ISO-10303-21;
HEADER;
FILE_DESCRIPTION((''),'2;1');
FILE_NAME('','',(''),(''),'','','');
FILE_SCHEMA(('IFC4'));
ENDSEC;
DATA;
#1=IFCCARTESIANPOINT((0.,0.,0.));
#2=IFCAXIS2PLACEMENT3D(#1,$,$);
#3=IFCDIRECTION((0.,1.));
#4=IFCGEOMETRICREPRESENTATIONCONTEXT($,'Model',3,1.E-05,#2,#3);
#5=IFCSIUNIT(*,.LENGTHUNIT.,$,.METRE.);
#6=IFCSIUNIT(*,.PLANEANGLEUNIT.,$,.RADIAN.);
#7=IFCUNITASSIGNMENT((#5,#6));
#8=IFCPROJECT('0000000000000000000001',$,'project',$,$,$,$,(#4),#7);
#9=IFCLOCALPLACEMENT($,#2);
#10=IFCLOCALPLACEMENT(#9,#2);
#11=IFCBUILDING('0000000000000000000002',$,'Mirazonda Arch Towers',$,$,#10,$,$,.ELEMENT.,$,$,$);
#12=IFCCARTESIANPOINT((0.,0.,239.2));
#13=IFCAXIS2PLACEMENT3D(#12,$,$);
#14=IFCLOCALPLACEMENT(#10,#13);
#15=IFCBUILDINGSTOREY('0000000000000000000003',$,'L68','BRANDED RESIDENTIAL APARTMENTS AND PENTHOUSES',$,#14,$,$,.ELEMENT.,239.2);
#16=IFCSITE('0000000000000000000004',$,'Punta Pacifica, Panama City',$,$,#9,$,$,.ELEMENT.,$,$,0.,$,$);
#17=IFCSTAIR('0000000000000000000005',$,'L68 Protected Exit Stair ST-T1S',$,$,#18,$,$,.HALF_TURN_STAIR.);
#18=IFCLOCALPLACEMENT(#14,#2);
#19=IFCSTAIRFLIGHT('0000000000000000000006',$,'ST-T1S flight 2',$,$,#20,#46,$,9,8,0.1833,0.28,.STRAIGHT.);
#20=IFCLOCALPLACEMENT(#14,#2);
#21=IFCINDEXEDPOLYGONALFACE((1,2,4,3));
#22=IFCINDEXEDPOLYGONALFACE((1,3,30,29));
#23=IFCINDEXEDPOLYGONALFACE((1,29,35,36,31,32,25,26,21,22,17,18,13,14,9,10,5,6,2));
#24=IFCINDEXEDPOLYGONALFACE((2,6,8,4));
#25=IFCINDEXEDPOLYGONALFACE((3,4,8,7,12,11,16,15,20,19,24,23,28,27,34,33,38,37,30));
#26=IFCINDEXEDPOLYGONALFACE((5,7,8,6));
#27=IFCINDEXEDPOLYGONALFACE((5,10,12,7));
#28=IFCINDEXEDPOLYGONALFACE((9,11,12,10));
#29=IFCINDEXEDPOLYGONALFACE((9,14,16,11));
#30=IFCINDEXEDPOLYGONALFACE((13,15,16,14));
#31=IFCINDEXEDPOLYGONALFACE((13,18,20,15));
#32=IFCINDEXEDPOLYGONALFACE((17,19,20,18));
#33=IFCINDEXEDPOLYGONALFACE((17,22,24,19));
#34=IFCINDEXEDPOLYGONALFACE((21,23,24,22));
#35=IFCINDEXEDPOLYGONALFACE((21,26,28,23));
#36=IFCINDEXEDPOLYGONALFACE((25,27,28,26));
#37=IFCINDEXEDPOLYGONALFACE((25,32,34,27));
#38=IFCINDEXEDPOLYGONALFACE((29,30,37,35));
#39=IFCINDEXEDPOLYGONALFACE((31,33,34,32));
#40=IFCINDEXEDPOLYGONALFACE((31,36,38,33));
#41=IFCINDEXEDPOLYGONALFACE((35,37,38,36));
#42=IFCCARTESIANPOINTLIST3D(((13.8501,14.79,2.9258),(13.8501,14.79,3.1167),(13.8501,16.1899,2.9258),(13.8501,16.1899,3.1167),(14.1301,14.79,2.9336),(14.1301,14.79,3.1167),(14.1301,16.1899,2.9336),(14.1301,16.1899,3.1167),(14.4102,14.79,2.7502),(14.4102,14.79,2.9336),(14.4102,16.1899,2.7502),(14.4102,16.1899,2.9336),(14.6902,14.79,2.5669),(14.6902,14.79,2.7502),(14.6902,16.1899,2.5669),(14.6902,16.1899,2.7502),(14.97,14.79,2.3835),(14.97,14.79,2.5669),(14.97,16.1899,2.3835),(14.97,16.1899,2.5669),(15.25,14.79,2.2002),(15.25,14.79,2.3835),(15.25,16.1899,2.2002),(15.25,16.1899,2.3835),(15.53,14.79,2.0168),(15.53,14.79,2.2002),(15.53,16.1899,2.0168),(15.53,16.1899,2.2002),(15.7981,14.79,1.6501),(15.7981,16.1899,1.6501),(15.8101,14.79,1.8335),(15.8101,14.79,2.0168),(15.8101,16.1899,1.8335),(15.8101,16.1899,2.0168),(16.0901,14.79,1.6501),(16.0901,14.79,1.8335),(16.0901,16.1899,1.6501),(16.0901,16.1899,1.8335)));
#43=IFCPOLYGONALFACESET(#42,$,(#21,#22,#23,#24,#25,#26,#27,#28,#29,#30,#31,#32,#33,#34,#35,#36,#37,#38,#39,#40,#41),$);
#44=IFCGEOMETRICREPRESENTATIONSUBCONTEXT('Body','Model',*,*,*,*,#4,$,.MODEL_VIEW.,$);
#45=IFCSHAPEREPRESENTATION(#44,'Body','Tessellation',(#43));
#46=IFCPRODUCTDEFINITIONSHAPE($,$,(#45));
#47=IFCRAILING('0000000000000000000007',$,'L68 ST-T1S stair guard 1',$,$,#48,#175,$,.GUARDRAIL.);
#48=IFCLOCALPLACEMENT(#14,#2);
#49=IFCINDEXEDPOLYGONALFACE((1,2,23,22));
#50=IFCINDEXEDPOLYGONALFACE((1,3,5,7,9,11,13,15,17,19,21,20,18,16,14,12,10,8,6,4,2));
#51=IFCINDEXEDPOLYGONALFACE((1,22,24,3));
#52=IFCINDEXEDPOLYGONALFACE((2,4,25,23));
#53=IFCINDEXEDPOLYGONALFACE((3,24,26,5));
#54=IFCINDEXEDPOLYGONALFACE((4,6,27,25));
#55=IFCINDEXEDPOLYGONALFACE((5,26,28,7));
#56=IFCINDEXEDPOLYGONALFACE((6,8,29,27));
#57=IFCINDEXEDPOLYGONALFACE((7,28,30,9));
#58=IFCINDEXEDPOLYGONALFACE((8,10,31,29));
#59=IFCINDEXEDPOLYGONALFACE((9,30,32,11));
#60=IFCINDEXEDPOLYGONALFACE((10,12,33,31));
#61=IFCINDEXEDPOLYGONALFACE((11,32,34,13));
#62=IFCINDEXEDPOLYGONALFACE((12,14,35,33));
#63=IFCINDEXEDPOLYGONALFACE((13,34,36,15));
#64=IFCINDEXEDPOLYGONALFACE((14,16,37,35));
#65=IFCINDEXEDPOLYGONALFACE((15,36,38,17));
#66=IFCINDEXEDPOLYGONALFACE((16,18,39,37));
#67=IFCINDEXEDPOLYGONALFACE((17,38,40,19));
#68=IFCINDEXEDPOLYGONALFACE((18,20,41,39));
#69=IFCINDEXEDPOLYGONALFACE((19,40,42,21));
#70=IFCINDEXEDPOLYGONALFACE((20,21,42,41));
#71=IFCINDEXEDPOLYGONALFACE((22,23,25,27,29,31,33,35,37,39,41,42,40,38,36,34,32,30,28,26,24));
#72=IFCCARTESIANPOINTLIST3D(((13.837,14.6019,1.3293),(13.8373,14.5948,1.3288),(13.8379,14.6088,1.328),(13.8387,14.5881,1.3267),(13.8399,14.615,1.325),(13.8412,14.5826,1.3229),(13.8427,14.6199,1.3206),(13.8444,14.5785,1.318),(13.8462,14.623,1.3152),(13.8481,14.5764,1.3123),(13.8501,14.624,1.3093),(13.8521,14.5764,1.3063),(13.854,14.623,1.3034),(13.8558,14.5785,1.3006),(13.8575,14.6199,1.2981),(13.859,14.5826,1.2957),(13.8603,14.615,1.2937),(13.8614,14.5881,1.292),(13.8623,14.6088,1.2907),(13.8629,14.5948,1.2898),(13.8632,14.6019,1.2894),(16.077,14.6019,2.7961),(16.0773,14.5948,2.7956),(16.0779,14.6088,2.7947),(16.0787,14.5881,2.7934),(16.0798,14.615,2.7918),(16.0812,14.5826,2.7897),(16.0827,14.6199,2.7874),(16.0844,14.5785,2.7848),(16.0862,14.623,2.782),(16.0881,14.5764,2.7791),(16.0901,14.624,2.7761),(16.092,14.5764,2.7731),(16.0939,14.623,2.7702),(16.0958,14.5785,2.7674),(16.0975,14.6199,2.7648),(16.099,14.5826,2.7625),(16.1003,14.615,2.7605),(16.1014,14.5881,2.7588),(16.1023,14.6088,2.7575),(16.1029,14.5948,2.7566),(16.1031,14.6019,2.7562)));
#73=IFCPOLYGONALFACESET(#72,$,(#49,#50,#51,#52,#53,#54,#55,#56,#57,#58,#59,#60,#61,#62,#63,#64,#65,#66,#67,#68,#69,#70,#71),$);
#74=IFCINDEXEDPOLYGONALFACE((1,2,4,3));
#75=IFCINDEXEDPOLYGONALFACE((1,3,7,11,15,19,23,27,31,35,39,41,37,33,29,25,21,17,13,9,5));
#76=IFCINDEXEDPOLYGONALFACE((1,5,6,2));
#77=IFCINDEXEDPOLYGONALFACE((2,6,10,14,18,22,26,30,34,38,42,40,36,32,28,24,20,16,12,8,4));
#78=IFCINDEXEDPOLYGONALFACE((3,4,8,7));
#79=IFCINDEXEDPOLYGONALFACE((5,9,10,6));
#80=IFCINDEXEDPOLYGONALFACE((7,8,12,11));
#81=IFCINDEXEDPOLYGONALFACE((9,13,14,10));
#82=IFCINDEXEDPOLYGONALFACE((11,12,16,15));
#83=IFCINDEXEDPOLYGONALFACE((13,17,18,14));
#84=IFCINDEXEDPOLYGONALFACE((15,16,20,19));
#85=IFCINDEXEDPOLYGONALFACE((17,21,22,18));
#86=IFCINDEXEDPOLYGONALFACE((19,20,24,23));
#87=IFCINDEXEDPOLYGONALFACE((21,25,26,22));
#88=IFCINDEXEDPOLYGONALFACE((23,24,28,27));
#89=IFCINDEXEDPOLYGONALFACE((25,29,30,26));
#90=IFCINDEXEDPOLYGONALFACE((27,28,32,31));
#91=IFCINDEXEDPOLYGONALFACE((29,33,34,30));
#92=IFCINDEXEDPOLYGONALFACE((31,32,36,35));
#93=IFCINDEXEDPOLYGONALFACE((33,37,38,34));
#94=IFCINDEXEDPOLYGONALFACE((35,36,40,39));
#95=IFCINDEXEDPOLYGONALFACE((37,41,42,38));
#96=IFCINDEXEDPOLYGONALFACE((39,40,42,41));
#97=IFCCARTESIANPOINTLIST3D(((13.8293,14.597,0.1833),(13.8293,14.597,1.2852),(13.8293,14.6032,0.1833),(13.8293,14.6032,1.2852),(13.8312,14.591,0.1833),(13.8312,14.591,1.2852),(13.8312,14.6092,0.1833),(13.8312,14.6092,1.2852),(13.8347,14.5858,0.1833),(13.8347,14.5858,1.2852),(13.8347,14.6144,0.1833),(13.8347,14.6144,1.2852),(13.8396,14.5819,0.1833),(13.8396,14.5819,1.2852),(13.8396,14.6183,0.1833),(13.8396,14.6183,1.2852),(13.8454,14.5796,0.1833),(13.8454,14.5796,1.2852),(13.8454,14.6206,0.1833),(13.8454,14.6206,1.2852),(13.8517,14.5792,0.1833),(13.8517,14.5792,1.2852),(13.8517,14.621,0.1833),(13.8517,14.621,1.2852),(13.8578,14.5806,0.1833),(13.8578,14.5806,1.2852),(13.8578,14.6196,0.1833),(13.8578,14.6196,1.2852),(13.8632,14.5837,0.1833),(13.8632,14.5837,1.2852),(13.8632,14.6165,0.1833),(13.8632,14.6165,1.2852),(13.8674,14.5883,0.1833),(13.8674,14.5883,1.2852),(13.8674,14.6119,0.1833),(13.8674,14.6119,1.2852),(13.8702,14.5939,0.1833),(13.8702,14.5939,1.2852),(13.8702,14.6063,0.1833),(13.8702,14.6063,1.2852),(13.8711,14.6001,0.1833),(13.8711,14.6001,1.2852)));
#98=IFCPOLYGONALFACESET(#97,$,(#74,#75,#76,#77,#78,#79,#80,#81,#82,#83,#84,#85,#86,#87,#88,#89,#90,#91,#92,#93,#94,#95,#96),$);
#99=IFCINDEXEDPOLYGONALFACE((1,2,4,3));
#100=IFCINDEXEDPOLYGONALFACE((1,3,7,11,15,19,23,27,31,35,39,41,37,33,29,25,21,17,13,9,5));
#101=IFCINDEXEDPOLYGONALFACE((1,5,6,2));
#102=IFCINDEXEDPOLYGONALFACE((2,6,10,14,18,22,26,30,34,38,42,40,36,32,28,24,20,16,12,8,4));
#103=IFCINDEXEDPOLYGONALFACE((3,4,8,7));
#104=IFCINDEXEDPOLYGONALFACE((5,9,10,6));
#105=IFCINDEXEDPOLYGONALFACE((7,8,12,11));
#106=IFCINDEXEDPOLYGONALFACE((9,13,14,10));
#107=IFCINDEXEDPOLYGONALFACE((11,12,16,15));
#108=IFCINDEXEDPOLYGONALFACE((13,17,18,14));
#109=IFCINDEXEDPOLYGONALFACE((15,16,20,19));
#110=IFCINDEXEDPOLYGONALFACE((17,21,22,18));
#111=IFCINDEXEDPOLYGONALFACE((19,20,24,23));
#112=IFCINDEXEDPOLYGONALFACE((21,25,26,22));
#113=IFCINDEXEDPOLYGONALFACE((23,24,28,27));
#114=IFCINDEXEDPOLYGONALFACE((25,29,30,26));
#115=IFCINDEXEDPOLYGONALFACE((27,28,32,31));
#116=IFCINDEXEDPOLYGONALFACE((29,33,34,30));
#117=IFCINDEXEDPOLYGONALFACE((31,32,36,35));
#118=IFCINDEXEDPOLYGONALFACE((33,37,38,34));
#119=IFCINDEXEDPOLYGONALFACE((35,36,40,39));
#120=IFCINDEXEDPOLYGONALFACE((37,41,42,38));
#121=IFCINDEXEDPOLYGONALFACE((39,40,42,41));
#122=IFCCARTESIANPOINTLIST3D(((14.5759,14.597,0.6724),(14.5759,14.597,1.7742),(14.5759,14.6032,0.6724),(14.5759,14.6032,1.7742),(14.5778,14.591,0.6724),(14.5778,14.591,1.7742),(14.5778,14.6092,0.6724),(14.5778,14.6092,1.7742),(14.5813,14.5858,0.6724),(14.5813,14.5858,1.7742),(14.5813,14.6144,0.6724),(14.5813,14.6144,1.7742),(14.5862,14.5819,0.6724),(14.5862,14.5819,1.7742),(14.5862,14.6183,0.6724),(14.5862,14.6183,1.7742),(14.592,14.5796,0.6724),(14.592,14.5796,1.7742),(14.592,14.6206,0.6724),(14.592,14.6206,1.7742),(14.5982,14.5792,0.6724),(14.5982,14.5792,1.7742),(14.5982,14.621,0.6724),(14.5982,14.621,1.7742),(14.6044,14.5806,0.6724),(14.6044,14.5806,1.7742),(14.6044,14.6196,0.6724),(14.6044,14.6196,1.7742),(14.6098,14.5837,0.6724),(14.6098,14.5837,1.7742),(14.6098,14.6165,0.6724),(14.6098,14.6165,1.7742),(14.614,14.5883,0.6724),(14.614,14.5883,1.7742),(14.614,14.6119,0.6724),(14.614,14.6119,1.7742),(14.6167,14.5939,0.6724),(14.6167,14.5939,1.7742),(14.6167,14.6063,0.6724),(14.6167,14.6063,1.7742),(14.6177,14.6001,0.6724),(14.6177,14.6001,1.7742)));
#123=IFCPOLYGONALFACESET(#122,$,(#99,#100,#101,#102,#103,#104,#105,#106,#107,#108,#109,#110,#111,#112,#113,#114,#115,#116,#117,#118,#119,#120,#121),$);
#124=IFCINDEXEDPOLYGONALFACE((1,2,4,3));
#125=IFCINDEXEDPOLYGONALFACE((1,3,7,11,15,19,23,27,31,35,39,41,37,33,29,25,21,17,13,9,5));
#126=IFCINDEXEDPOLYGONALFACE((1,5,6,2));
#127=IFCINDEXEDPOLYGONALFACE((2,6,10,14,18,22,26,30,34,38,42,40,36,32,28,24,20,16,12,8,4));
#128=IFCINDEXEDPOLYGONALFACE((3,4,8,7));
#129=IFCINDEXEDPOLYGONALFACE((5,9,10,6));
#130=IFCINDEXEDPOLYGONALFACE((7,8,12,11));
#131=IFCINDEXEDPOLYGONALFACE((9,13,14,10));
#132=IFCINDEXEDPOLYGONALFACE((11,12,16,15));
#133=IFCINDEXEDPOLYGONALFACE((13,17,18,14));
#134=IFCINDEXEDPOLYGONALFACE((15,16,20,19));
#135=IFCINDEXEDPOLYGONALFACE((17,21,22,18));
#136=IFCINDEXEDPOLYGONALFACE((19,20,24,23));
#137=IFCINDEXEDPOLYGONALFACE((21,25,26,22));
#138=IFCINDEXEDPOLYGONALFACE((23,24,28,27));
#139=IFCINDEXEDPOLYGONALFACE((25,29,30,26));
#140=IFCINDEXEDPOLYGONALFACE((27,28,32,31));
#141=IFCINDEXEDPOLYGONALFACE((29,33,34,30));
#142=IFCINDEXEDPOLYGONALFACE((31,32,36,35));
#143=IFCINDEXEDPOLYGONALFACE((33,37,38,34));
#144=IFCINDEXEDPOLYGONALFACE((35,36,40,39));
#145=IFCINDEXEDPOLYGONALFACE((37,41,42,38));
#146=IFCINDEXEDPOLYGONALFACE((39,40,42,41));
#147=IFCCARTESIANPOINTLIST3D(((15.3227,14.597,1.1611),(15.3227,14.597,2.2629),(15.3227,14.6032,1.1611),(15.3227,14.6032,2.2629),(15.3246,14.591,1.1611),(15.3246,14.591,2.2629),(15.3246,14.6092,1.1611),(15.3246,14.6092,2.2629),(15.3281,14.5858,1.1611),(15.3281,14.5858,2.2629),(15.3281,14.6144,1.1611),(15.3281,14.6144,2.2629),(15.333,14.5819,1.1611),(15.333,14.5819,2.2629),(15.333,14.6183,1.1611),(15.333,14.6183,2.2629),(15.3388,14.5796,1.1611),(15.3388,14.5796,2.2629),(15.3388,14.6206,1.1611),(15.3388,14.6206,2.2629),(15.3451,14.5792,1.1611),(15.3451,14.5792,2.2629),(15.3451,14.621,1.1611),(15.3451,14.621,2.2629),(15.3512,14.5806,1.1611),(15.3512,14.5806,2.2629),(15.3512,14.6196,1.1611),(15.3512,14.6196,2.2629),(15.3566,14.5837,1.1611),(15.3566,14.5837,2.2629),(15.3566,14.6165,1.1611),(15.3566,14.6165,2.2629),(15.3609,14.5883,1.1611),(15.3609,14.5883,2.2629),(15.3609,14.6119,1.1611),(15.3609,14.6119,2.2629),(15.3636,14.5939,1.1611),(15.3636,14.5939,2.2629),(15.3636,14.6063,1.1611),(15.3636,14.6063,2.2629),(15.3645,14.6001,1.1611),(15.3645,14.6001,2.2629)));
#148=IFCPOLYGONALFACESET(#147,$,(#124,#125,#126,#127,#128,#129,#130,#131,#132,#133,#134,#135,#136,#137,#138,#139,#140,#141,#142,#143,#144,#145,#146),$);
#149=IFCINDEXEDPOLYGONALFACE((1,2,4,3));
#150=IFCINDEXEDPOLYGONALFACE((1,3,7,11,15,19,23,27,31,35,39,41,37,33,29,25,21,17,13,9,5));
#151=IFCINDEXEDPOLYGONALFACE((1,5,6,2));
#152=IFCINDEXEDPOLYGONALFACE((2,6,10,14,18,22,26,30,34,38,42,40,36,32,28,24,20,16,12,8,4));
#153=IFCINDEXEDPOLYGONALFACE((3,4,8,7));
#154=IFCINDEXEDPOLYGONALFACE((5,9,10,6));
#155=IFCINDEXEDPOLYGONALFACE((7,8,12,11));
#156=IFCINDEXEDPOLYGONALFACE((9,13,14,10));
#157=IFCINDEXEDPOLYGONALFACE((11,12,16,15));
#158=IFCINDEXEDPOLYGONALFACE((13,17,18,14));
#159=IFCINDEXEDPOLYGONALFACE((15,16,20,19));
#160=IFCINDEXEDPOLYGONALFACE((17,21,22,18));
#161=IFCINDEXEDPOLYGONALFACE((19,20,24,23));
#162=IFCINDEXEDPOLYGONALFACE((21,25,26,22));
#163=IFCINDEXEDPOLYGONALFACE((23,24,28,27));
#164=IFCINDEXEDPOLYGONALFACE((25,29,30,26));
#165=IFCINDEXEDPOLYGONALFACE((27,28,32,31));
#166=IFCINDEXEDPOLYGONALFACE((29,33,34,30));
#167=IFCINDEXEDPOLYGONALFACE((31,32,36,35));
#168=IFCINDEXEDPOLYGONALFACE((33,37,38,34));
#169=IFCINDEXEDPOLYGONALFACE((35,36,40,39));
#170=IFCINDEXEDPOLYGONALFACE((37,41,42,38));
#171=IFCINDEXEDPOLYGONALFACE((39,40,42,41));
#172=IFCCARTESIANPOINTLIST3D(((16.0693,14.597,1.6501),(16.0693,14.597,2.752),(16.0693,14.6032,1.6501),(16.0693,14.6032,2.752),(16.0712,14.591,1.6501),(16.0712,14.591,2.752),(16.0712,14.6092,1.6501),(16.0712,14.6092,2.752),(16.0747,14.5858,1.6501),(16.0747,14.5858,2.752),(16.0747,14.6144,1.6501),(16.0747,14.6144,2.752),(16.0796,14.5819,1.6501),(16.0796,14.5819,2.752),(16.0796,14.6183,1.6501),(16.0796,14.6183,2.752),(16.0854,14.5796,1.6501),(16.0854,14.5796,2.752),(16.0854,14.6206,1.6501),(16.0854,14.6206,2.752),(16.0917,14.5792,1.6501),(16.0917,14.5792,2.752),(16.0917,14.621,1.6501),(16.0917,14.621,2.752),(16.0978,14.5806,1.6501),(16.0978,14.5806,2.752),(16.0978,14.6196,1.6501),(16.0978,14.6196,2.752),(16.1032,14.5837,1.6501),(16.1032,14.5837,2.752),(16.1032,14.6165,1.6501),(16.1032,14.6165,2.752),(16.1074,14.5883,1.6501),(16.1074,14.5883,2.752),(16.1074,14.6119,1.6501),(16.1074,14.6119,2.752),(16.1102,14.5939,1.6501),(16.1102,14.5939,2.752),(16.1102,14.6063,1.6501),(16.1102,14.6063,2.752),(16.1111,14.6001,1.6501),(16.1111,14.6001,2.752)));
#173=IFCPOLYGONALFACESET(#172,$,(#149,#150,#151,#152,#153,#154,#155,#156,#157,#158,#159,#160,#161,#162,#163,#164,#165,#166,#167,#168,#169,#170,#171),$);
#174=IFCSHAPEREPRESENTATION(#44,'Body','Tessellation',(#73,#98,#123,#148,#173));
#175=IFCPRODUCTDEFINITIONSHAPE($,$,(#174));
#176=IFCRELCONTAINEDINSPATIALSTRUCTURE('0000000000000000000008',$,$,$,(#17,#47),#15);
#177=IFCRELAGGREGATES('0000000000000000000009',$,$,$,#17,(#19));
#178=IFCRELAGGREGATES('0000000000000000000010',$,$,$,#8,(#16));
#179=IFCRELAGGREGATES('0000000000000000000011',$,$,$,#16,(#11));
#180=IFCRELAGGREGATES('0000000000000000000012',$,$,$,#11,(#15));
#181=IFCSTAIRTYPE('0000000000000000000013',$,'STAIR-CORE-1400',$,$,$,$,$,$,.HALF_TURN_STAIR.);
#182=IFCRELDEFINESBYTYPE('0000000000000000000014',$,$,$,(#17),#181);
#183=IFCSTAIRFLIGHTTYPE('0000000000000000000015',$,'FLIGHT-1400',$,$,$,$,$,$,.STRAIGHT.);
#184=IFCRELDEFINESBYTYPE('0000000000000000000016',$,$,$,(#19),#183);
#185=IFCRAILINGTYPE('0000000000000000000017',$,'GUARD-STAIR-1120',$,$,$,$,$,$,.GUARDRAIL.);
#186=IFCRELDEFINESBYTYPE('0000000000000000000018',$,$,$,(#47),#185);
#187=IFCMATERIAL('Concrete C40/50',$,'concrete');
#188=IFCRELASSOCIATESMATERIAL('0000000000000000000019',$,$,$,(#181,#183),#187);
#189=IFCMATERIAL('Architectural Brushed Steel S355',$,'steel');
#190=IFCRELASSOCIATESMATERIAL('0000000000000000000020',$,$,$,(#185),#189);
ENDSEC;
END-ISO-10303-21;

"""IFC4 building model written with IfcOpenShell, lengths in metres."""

from ifc_helpers import new_model, si_unit, direction, frame, origin, origin_2d, place, context, subcontext, project, spatial, polyline, circle, outline, extrude, material, type_object, element, aggregate, save


model = new_model("IFC4")

# Units and contexts
model_context = context("Model", 3, precision=1e-05, world=origin(), true_north=direction((0.0, 1.0)))
body_context = subcontext(model_context, "Body", "Model", "MODEL_VIEW")
ifc_project = project(units=[si_unit("LENGTHUNIT", "METRE"), si_unit("PLANEANGLEUNIT", "RADIAN")], contexts=[model_context])

# Site, building, storey
site_placement = place(None, origin())
site = spatial("IfcSite", under=ifc_project, at=site_placement, Name="Punta Pacifica, Panama City", CompositionType="ELEMENT", RefElevation=0.0)
building_placement = place(site_placement, origin())
building = spatial("IfcBuilding", under=site, at=building_placement, Name="Mirazonda Arch Towers", CompositionType="ELEMENT")
storey_placement = place(building_placement, frame((0.0, 0.0, 239.2)))
storey = spatial("IfcBuildingStorey", under=building, at=storey_placement, Name="L68", Description="BRANDED RESIDENTIAL APARTMENTS AND PENTHOUSES", CompositionType="ELEMENT", Elevation=239.2)

# Stair, stair flight
ifc_material_1 = material(Name="Concrete C40/50", Category="concrete")
stair_type = type_object("IfcStairType", Name="STAIR-CORE-1400", PredefinedType="HALF_TURN_STAIR", material=ifc_material_1)
stair_placement = place(storey_placement, origin())
stair = element("IfcStair", 1, at=stair_placement, inside=storey, type_object=stair_type, Name="L68 Protected Exit Stair ST-T1S", PredefinedType="HALF_TURN_STAIR")
stair_flight_type = type_object("IfcStairFlightType", Name="FLIGHT-1400", PredefinedType="STRAIGHT", material=ifc_material_1)
stair_flight_1_placement = place(storey_placement, frame((16.0901, 15.49, 1.6501), z_axis=(0.0, 0.0, 1.0), x_axis=(-1.0, 0.0, 0.0)))
stair_flight_1 = element("IfcStairFlight", 2, at=stair_flight_1_placement, type_object=stair_flight_type, Name="ST-T1S flight 2", NumberOfRisers=9, NumberOfTreads=8, PredefinedType="STRAIGHT", RiserHeight=0.1833, TreadLength=0.28, context=body_context, shape_type="SweptSolid", body=[
    extrude(outline(polyline([(0.0, 0.0), (0.0, 0.1833), (0.28, 0.1833), (0.28, 0.3667), (0.5601, 0.3667), (0.5601, 0.55), (0.8401, 0.55), (0.8401, 0.7334), (1.1201, 0.7334), (1.1201, 0.9167), (1.3999, 0.9167), (1.3999, 1.1001), (1.6799, 1.1001), (1.6799, 1.2834), (1.96, 1.2834), (1.96, 1.4666), (2.24, 1.4666), (2.24, 1.6499), (2.24, 1.2756), (0.292, 0.0), (0.0, 0.0)])), frame((0.0, 0.7, 0.0), z_axis=(0.0, -1.0, 0.0), x_axis=(1.0, 0.0, 0.0)), (0.0, 0.0, 1.0), 1.3999),
])
aggregate(stair, [stair_flight_1])

# Railing
ifc_material_2 = material(Name="Architectural Brushed Steel S355", Category="steel")
railing_type_1 = type_object("IfcRailingType", Name="GUARD-STAIR-1120", PredefinedType="GUARDRAIL", material=ifc_material_2)
railing_1_placement = place(storey_placement, frame((13.8501, 14.6001, 0.1833)))
element("IfcRailing", 3, at=railing_1_placement, inside=storey, type_object=railing_type_1, Name="L68 ST-T1S stair guard 1", PredefinedType="GUARDRAIL", context=body_context, shape_type="SweptSolid", body=[
    extrude(circle(Radius=0.0239, at=origin_2d()), frame((0.0, 0.0, 1.126), z_axis=(0.836595, 0.0, 0.547822), x_axis=(0.0, 1.0, 0.0)), (0.0, 0.0, 1.0), 2.6775),
    extrude(circle(Radius=0.021, at=origin_2d()), origin(), (0.0, 0.0, 1.0), 1.1018),
    extrude(circle(Radius=0.021, at=origin_2d()), frame((0.7466, 0.0, 0.489)), (0.0, 0.0, 1.0), 1.1018),
    extrude(circle(Radius=0.021, at=origin_2d()), frame((1.4934, 0.0, 0.9778)), (0.0, 0.0, 1.0), 1.1018),
    extrude(circle(Radius=0.021, at=origin_2d()), frame((2.24, 0.0, 1.4668)), (0.0, 0.0, 1.0), 1.1018),
])

save(model, "model.ifc")
